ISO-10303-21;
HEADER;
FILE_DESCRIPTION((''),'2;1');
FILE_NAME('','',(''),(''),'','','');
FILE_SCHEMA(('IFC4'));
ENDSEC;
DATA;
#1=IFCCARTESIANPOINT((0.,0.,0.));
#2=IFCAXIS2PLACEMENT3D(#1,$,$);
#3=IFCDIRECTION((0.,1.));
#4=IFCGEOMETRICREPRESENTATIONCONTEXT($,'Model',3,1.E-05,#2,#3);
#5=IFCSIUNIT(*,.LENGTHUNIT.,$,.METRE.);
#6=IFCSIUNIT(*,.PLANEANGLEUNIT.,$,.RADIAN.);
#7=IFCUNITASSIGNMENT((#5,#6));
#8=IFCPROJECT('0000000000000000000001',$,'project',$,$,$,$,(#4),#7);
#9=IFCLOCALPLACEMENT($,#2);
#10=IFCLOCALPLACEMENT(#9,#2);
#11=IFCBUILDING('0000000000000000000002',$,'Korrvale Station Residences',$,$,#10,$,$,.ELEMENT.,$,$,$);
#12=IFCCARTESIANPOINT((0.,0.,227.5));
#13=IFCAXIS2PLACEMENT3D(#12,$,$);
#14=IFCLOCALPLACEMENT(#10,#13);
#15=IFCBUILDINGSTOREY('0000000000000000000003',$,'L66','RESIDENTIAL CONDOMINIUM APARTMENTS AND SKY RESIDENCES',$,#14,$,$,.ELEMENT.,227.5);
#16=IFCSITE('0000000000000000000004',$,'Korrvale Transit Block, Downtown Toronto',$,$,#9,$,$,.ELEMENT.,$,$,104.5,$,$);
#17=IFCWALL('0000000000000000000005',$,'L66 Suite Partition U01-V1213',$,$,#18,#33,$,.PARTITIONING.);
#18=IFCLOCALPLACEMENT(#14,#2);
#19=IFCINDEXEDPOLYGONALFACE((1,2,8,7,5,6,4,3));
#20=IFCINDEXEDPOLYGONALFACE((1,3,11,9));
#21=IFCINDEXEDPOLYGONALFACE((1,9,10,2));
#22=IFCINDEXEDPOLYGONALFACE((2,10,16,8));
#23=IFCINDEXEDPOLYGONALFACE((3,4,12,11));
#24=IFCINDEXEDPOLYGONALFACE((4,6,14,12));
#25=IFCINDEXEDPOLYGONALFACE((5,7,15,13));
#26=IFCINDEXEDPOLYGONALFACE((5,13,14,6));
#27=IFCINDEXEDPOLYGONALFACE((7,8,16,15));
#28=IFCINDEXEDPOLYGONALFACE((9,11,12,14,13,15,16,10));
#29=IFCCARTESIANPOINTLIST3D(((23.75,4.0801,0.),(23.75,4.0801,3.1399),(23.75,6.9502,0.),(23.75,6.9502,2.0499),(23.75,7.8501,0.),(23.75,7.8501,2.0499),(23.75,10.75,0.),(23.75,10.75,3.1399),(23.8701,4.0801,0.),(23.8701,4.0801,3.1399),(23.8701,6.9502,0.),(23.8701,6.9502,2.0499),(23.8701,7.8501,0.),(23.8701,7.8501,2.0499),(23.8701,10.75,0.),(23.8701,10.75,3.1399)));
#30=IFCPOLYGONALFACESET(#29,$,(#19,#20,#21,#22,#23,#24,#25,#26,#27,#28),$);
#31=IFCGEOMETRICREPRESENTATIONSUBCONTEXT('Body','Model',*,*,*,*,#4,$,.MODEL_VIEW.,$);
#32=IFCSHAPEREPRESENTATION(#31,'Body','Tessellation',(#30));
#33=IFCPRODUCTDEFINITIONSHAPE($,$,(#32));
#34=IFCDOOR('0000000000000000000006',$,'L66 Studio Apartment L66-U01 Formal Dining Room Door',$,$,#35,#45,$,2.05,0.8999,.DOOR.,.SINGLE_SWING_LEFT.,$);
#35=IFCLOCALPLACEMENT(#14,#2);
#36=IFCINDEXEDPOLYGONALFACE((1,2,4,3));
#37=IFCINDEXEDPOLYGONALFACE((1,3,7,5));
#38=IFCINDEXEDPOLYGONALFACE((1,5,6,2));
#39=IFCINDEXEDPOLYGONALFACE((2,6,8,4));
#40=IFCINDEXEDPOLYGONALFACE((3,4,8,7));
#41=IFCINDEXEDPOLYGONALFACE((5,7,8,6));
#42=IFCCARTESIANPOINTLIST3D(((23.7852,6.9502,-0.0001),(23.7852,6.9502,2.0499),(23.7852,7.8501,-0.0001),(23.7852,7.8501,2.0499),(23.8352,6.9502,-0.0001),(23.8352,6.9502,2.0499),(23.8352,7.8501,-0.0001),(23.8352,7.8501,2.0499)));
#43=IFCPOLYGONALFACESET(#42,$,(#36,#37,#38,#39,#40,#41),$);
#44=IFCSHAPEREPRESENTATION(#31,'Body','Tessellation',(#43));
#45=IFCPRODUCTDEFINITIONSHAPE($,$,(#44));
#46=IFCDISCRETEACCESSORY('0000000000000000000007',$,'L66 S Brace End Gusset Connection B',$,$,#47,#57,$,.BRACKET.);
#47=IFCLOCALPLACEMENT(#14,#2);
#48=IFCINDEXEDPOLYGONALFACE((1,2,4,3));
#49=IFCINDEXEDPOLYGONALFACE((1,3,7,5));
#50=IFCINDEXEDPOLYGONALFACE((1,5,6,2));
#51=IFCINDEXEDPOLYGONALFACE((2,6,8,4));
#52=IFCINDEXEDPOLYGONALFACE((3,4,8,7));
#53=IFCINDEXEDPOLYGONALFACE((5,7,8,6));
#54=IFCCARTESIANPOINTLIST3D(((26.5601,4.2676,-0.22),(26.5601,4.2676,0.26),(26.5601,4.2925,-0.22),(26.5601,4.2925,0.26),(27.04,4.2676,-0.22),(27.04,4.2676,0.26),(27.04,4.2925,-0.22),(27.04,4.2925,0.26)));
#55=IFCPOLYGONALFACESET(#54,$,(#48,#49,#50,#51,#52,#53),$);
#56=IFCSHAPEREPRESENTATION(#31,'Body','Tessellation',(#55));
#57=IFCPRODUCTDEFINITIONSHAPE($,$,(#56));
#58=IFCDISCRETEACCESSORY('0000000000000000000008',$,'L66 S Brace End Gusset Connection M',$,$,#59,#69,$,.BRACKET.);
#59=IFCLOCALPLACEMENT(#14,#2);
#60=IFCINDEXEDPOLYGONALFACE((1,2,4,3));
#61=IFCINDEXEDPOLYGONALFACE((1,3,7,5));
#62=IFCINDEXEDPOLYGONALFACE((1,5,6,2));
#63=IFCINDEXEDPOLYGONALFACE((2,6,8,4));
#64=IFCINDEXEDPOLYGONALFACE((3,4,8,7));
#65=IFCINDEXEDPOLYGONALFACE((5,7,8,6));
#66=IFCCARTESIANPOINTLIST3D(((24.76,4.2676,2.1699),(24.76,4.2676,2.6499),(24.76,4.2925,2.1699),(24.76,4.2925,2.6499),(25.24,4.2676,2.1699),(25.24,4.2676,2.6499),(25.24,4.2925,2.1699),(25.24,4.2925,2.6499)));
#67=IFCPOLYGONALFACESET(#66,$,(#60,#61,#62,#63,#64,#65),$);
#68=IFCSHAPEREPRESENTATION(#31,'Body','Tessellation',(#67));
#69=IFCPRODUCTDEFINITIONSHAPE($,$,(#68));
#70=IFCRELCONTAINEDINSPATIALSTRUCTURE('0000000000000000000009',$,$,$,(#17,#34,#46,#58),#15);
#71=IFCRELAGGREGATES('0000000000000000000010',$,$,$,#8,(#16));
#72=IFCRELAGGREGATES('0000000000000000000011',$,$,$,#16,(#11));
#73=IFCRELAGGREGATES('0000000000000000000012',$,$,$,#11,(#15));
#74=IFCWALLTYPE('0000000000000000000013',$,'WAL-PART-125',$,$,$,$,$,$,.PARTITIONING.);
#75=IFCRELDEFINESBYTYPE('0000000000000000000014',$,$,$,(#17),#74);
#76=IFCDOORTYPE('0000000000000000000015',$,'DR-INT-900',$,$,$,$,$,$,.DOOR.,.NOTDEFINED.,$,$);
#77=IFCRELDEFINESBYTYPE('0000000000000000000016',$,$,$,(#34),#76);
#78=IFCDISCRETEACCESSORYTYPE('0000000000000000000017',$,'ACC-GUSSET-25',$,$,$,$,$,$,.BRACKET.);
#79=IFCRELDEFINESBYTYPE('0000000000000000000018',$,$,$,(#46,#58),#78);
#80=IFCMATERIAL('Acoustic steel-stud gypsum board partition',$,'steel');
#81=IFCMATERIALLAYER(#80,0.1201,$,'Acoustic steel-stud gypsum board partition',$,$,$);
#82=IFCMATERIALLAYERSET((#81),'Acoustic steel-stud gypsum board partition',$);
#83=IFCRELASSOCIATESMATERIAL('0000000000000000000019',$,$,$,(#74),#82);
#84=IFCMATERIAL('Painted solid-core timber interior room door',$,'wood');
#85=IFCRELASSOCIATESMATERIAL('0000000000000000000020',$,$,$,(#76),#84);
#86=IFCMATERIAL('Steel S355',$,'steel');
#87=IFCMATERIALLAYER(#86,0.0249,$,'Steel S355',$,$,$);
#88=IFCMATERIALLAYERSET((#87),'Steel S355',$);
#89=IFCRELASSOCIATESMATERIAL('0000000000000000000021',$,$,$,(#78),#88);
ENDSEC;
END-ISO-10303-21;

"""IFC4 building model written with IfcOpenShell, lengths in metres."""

from ifc_helpers import new_model, si_unit, direction, frame, frame_2d, origin, origin_2d, place, context, subcontext, project, spatial, rectangle, extrude, material, layer, layer_set, type_object, element, fill, save


model = new_model("IFC4")

# Units and contexts
model_context = context("Model", 3, precision=1e-05, world=origin(), true_north=direction((0.0, 1.0)))
body_context = subcontext(model_context, "Body", "Model", "MODEL_VIEW")
ifc_project = project(units=[si_unit("LENGTHUNIT", "METRE"), si_unit("PLANEANGLEUNIT", "RADIAN")], contexts=[model_context])

# Site, building, storey
site_placement = place(None, origin())
site = spatial("IfcSite", under=ifc_project, at=site_placement, Name="Korrvale Transit Block, Downtown Toronto", CompositionType="ELEMENT", RefElevation=104.5)
building_placement = place(site_placement, origin())
building = spatial("IfcBuilding", under=site, at=building_placement, Name="Korrvale Station Residences", CompositionType="ELEMENT")
storey_placement = place(building_placement, frame((0.0, 0.0, 227.5)))
storey = spatial("IfcBuildingStorey", under=building, at=storey_placement, Name="L66", Description="RESIDENTIAL CONDOMINIUM APARTMENTS AND SKY RESIDENCES", CompositionType="ELEMENT", Elevation=227.5)

# Shared definitions
ifc_material_1 = material(Name="Steel S355", Category="steel")

# Shared definitions
ifc_material_2 = material(Name="Acoustic steel-stud gypsum board partition", Category="steel")
ifc_layer_1 = layer(ifc_material_2, 0.1201, Name="Acoustic steel-stud gypsum board partition")
ifc_layer_set_1 = layer_set([ifc_layer_1], Name="Acoustic steel-stud gypsum board partition")
wall_type = type_object("IfcWallType", Name="WAL-PART-125", PredefinedType="PARTITIONING", material=ifc_layer_set_1)
ifc_material_3 = material(Name="Painted solid-core timber interior room door", Category="wood")
door_type = type_object("IfcDoorType", Name="DR-INT-900", OperationType="NOTDEFINED", PredefinedType="DOOR", material=ifc_material_3)

# Wall, opening, door
wall_1_placement = place(storey_placement, frame((23.8101, 4.0801, 0.0), z_axis=(0.0, 0.0, 1.0), x_axis=(0.0, 1.0, 0.0)))
wall_1 = element("IfcWall", 1, at=wall_1_placement, inside=storey, type_object=wall_type, Name="L66 Suite Partition U01-V1213", PredefinedType="PARTITIONING", context=body_context, shape_type="SweptSolid", body=[
    extrude(rectangle(XDim=6.6699, YDim=0.1201, at=frame_2d((3.335, 0.0))), origin(), (0.0, 0.0, 1.0), 3.1399),
])
opening_1_placement = place(wall_1_placement, frame((2.8701, 0.0, 0.0)))
opening_1 = element("IfcOpeningElement", 2, at=opening_1_placement, cuts=wall_1, PredefinedType="OPENING", context=body_context, shape_type="SweptSolid", body=[
    extrude(rectangle(XDim=0.8999, YDim=2.05, at=frame_2d((0.45, 1.0249))), frame((0.0, 0.0701, 0.0), z_axis=(0.0, -1.0, 0.0), x_axis=(1.0, 0.0, 0.0)), (0.0, 0.0, 1.0), 0.1401),
])
door_1_placement = place(opening_1_placement, origin())
door_1 = element("IfcDoor", 3, at=door_1_placement, inside=storey, type_object=door_type, Name="L66 Studio Apartment L66-U01 Formal Dining Room Door", OperationType="SINGLE_SWING_LEFT", OverallHeight=2.05, OverallWidth=0.8999, PredefinedType="DOOR", context=body_context, shape_type="SweptSolid", body=[
    extrude(rectangle(XDim=0.8999, YDim=2.05, at=frame_2d((0.45, 1.0249))), frame((0.0, 0.0249, 0.0), z_axis=(0.0, -1.0, 0.0), x_axis=(1.0, 0.0, 0.0)), (0.0, 0.0, 1.0), 0.05),
])
fill(opening_1, door_1)

# Discrete accessories
ifc_layer_2 = layer(ifc_material_1, 0.0249, Name="Steel S355")
ifc_layer_set_2 = layer_set([ifc_layer_2], Name="Steel S355")
discrete_accessory_type = type_object("IfcDiscreteAccessoryType", Name="ACC-GUSSET-25", PredefinedType="BRACKET", material=ifc_layer_set_2)
for number, where, z_axis, x_axis, name in (
    (4, (26.8, 4.28, -0.22), (0.0, 0.0, 1.0), (1.0, 0.0, 0.0), "L66 S Brace End Gusset Connection B"),
    (5, (25.0, 4.28, 2.1699), (0.0, 0.0, 1.0), (1.0, 0.0, 0.0), "L66 S Brace End Gusset Connection M"),
):
    element("IfcDiscreteAccessory", number, at=place(storey_placement, frame(where, z_axis=z_axis, x_axis=x_axis)), inside=storey, type_object=discrete_accessory_type, Name=name, PredefinedType="BRACKET", context=body_context, shape_type="SweptSolid", body=[
        extrude(rectangle(XDim=0.48, YDim=0.0249, at=origin_2d()), origin(), (0.0, 0.0, 1.0), 0.48),
    ])

save(model, "model.ifc")
